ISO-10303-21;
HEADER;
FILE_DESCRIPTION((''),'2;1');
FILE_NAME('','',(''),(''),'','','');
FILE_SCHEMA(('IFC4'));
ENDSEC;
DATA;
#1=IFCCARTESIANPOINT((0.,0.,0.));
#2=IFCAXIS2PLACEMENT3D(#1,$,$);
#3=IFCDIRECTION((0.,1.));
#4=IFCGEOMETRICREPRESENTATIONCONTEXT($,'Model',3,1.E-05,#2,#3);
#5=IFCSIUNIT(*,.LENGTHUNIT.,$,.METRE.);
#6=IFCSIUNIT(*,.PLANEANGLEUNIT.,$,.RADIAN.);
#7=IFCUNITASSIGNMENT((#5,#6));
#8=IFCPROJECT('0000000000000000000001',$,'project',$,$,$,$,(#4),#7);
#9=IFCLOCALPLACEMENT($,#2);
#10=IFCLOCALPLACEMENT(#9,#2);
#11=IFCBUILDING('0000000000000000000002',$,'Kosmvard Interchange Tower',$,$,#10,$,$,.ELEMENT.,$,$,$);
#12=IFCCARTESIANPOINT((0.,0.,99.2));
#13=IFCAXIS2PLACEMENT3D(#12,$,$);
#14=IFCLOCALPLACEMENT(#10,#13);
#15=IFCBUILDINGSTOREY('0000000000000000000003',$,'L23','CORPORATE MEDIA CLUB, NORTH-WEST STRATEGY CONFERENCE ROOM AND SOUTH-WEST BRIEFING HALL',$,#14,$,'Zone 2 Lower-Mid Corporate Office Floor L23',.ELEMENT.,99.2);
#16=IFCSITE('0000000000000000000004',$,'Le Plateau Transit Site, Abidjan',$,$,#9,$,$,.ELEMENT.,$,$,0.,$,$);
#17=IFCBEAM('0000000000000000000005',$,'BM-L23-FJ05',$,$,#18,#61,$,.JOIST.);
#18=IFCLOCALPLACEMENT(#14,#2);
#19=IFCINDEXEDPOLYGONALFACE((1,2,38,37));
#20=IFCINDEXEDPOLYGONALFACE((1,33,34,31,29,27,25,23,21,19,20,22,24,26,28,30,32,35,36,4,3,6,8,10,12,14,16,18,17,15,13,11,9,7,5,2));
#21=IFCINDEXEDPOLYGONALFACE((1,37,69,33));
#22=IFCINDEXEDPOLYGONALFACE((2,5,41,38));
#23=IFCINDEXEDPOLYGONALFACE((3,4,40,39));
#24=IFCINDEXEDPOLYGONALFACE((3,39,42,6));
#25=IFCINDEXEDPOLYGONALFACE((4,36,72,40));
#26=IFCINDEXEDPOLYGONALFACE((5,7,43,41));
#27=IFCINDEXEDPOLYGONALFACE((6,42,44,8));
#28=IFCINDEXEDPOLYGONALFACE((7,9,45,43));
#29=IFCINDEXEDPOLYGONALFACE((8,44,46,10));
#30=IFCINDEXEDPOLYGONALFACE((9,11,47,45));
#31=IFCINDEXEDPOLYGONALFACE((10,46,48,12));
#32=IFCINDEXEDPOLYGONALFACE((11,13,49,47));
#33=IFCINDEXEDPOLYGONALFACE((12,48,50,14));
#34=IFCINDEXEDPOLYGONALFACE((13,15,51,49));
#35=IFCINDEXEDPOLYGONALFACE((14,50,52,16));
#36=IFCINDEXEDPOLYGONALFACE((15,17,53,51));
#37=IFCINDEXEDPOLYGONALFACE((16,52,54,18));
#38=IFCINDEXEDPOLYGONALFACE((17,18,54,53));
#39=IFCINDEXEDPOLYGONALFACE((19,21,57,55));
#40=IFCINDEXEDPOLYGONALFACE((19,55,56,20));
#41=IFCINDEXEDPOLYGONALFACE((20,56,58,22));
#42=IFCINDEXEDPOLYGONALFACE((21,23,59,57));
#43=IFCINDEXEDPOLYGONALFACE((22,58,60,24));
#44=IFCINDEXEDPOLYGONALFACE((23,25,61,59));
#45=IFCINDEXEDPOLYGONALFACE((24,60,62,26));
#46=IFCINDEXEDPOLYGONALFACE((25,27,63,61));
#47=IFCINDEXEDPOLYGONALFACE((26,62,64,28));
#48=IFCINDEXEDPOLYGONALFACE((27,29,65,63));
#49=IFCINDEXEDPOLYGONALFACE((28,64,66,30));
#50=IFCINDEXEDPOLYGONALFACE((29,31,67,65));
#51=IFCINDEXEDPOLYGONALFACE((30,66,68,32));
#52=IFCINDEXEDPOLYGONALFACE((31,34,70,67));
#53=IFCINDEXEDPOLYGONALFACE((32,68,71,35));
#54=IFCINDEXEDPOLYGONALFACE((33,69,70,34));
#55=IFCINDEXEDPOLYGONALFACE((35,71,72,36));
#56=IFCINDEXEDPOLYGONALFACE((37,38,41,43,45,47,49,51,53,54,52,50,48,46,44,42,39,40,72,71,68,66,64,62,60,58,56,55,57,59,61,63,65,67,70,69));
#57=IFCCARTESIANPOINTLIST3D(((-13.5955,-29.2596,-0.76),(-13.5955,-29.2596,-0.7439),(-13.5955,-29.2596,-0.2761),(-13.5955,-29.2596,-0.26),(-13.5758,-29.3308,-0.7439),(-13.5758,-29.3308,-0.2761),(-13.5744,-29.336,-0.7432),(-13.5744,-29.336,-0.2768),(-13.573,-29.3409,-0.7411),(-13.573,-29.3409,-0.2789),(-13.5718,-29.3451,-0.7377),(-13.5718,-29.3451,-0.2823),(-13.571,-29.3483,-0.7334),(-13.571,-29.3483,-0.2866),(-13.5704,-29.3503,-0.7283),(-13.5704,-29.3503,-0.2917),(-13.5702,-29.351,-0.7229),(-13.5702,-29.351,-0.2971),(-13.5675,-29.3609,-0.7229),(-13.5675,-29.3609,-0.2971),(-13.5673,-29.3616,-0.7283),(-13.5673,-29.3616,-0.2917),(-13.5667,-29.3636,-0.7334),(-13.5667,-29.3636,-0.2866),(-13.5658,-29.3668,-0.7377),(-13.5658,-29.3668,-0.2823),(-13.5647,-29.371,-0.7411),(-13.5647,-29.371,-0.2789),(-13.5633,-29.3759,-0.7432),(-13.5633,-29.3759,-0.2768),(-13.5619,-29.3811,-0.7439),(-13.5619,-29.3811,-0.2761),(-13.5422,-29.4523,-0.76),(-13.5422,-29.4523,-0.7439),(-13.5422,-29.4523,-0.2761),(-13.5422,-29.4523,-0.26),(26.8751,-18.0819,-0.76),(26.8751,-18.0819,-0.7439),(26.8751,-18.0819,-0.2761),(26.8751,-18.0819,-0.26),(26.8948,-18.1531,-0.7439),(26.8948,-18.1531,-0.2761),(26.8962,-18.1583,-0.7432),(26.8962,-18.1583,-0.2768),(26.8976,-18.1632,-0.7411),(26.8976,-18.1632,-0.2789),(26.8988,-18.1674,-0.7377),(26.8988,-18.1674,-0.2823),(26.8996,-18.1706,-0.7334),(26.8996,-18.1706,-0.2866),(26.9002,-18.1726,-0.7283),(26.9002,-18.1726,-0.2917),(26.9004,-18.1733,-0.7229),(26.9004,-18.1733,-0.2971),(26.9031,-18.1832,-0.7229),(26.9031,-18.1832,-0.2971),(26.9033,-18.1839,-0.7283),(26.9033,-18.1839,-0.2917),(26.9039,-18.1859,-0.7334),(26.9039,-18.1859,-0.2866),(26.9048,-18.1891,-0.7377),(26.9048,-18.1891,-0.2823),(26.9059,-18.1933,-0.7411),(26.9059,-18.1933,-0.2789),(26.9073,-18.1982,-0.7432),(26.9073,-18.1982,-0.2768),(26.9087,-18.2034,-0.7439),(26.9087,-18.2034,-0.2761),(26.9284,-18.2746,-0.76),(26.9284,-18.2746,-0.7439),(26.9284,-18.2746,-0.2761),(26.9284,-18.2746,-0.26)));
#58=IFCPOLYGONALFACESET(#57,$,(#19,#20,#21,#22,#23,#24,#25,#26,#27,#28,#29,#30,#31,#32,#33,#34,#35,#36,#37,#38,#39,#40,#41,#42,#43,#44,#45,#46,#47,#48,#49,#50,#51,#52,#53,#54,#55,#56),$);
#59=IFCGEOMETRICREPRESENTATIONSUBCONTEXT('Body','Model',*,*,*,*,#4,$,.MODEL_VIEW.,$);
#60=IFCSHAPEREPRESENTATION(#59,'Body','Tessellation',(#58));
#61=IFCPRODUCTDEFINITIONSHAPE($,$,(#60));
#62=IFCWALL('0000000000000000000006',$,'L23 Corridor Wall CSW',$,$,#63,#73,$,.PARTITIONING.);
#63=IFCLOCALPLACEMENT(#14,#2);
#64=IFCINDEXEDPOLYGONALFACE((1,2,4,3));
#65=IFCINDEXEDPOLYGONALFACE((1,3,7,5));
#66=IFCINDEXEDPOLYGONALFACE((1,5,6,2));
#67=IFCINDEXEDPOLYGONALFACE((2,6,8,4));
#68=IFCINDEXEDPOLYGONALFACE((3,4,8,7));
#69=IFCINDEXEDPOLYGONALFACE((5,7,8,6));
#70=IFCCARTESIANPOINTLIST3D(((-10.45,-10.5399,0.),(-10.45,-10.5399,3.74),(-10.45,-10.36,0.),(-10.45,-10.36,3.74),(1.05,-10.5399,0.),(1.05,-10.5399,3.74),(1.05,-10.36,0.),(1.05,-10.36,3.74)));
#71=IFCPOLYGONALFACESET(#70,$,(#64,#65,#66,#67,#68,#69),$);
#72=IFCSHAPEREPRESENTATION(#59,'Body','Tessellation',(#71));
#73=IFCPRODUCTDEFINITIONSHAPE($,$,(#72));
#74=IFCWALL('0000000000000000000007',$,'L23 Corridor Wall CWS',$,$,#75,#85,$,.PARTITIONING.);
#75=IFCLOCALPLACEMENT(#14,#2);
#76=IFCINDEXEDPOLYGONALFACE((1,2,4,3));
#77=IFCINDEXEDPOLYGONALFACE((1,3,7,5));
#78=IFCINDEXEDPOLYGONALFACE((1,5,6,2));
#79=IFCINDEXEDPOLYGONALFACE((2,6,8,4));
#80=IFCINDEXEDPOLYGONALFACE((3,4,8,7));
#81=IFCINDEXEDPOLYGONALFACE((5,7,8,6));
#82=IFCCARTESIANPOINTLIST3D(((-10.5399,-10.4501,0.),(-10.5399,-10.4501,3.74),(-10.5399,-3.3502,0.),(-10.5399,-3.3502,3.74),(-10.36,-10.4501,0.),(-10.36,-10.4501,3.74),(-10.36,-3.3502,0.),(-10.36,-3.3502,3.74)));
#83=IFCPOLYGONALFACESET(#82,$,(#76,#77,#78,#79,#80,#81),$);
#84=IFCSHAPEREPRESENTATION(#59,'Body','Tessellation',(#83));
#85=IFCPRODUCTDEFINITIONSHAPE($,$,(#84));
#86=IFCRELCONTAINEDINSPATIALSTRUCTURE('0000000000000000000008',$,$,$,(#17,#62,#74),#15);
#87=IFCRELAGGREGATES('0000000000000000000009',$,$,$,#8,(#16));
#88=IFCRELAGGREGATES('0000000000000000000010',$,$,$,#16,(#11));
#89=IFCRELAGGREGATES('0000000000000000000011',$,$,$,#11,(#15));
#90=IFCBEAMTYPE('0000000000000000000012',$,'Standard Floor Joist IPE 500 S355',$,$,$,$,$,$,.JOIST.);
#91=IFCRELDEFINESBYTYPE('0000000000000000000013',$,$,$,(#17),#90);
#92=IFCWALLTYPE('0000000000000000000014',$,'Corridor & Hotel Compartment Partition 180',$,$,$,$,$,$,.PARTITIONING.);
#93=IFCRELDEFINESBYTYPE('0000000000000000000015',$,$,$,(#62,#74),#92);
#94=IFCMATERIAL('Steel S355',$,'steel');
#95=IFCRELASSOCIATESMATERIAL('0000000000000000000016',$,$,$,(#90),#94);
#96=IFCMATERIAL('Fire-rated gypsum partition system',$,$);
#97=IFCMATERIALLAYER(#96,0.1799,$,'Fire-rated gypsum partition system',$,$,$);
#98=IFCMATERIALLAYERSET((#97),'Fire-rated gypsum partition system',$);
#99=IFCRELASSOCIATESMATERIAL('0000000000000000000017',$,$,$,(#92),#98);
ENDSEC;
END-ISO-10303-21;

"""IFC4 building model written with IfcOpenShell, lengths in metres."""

from ifc_helpers import new_model, si_unit, direction, frame, frame_2d, origin, origin_2d, place, context, subcontext, project, spatial, rectangle, i_section, extrude, source, transform, mapped, material, layer, layer_set, material_profile, profile_set, type_object, element, save


model = new_model("IFC4")

# Units and contexts
model_context = context("Model", 3, precision=1e-05, world=origin(), true_north=direction((0.0, 1.0)))
body_context = subcontext(model_context, "Body", "Model", "MODEL_VIEW")
ifc_project = project(units=[si_unit("LENGTHUNIT", "METRE"), si_unit("PLANEANGLEUNIT", "RADIAN")], contexts=[model_context])

# Site, building, storey
site_placement = place(None, origin())
site = spatial("IfcSite", under=ifc_project, at=site_placement, Name="Le Plateau Transit Site, Abidjan", CompositionType="ELEMENT", RefElevation=0.0)
building_placement = place(site_placement, origin())
building = spatial("IfcBuilding", under=site, at=building_placement, Name="Kosmvard Interchange Tower", CompositionType="ELEMENT")
storey_placement = place(building_placement, frame((0.0, 0.0, 99.2)))
storey = spatial("IfcBuildingStorey", under=building, at=storey_placement, Name="L23", Description="CORPORATE MEDIA CLUB, NORTH-WEST STRATEGY CONFERENCE ROOM AND SOUTH-WEST BRIEFING HALL", LongName="Zone 2 Lower-Mid Corporate Office Floor L23", CompositionType="ELEMENT", Elevation=99.2)

# Beam
ifc_material_1 = material(Name="Steel S355", Category="steel")
ifc_material_profile_1 = material_profile(ifc_material_1, i_section(OverallWidth=0.2, OverallDepth=0.5, WebThickness=0.0103, FlangeThickness=0.0161, FilletRadius=0.021, at=origin_2d()), Name="IPE 500")
ifc_profile_set_1 = profile_set([ifc_material_profile_1], Name="Steel S355")
beam_type_1 = type_object("IfcBeamType", Name="Standard Floor Joist IPE 500 S355", PredefinedType="JOIST", material=ifc_profile_set_1)
shared_shape_1 = source(origin(), body_context, "Body", "SweptSolid", [
    extrude(i_section(OverallWidth=0.2, OverallDepth=0.5, WebThickness=0.0103, FlangeThickness=0.0161, FilletRadius=0.021, at=origin_2d()), origin(), (0.0, 0.0, 1.0), 41.9858),
])
beam_1_placement = place(storey_placement, frame((-13.5688, -29.356, -0.51), z_axis=(0.963911, 0.266226, 0.0), x_axis=(-0.266226, 0.963911, 0.0)))
element("IfcBeam", 1, at=beam_1_placement, inside=storey, type_object=beam_type_1, Name="BM-L23-FJ05", PredefinedType="JOIST", context=body_context, shape_type="MappedRepresentation", body=[
    mapped(shared_shape_1, transform((0.0, 0.0, 0.0), scale=1.0)),
])

# Walls
ifc_material_2 = material(Name="Fire-rated gypsum partition system")
ifc_layer_1 = layer(ifc_material_2, 0.1799, Name="Fire-rated gypsum partition system")
ifc_layer_set_1 = layer_set([ifc_layer_1], Name="Fire-rated gypsum partition system")
wall_type_1 = type_object("IfcWallType", Name="Corridor & Hotel Compartment Partition 180", PredefinedType="PARTITIONING", material=ifc_layer_set_1)
wall_1_placement = place(storey_placement, frame((-10.45, -10.45, 0.0), z_axis=(0.0, 0.0, 1.0), x_axis=(1.0, 0.0, 0.0)))
element("IfcWall", 2, at=wall_1_placement, inside=storey, type_object=wall_type_1, Name="L23 Corridor Wall CSW", PredefinedType="PARTITIONING", context=body_context, shape_type="SweptSolid", body=[
    extrude(rectangle(XDim=11.5, YDim=0.1799, at=frame_2d((5.75, 0.0))), origin(), (0.0, 0.0, 1.0), 3.74),
])
wall_2_placement = place(storey_placement, frame((-10.45, -10.45, 0.0), z_axis=(0.0, 0.0, 1.0), x_axis=(0.0, 1.0, 0.0)))
element("IfcWall", 3, at=wall_2_placement, inside=storey, type_object=wall_type_1, Name="L23 Corridor Wall CWS", PredefinedType="PARTITIONING", context=body_context, shape_type="SweptSolid", body=[
    extrude(rectangle(XDim=7.0999, YDim=0.1799, at=frame_2d((3.5498, 0.0))), origin(), (0.0, 0.0, 1.0), 3.74),
])

save(model, "model.ifc")
